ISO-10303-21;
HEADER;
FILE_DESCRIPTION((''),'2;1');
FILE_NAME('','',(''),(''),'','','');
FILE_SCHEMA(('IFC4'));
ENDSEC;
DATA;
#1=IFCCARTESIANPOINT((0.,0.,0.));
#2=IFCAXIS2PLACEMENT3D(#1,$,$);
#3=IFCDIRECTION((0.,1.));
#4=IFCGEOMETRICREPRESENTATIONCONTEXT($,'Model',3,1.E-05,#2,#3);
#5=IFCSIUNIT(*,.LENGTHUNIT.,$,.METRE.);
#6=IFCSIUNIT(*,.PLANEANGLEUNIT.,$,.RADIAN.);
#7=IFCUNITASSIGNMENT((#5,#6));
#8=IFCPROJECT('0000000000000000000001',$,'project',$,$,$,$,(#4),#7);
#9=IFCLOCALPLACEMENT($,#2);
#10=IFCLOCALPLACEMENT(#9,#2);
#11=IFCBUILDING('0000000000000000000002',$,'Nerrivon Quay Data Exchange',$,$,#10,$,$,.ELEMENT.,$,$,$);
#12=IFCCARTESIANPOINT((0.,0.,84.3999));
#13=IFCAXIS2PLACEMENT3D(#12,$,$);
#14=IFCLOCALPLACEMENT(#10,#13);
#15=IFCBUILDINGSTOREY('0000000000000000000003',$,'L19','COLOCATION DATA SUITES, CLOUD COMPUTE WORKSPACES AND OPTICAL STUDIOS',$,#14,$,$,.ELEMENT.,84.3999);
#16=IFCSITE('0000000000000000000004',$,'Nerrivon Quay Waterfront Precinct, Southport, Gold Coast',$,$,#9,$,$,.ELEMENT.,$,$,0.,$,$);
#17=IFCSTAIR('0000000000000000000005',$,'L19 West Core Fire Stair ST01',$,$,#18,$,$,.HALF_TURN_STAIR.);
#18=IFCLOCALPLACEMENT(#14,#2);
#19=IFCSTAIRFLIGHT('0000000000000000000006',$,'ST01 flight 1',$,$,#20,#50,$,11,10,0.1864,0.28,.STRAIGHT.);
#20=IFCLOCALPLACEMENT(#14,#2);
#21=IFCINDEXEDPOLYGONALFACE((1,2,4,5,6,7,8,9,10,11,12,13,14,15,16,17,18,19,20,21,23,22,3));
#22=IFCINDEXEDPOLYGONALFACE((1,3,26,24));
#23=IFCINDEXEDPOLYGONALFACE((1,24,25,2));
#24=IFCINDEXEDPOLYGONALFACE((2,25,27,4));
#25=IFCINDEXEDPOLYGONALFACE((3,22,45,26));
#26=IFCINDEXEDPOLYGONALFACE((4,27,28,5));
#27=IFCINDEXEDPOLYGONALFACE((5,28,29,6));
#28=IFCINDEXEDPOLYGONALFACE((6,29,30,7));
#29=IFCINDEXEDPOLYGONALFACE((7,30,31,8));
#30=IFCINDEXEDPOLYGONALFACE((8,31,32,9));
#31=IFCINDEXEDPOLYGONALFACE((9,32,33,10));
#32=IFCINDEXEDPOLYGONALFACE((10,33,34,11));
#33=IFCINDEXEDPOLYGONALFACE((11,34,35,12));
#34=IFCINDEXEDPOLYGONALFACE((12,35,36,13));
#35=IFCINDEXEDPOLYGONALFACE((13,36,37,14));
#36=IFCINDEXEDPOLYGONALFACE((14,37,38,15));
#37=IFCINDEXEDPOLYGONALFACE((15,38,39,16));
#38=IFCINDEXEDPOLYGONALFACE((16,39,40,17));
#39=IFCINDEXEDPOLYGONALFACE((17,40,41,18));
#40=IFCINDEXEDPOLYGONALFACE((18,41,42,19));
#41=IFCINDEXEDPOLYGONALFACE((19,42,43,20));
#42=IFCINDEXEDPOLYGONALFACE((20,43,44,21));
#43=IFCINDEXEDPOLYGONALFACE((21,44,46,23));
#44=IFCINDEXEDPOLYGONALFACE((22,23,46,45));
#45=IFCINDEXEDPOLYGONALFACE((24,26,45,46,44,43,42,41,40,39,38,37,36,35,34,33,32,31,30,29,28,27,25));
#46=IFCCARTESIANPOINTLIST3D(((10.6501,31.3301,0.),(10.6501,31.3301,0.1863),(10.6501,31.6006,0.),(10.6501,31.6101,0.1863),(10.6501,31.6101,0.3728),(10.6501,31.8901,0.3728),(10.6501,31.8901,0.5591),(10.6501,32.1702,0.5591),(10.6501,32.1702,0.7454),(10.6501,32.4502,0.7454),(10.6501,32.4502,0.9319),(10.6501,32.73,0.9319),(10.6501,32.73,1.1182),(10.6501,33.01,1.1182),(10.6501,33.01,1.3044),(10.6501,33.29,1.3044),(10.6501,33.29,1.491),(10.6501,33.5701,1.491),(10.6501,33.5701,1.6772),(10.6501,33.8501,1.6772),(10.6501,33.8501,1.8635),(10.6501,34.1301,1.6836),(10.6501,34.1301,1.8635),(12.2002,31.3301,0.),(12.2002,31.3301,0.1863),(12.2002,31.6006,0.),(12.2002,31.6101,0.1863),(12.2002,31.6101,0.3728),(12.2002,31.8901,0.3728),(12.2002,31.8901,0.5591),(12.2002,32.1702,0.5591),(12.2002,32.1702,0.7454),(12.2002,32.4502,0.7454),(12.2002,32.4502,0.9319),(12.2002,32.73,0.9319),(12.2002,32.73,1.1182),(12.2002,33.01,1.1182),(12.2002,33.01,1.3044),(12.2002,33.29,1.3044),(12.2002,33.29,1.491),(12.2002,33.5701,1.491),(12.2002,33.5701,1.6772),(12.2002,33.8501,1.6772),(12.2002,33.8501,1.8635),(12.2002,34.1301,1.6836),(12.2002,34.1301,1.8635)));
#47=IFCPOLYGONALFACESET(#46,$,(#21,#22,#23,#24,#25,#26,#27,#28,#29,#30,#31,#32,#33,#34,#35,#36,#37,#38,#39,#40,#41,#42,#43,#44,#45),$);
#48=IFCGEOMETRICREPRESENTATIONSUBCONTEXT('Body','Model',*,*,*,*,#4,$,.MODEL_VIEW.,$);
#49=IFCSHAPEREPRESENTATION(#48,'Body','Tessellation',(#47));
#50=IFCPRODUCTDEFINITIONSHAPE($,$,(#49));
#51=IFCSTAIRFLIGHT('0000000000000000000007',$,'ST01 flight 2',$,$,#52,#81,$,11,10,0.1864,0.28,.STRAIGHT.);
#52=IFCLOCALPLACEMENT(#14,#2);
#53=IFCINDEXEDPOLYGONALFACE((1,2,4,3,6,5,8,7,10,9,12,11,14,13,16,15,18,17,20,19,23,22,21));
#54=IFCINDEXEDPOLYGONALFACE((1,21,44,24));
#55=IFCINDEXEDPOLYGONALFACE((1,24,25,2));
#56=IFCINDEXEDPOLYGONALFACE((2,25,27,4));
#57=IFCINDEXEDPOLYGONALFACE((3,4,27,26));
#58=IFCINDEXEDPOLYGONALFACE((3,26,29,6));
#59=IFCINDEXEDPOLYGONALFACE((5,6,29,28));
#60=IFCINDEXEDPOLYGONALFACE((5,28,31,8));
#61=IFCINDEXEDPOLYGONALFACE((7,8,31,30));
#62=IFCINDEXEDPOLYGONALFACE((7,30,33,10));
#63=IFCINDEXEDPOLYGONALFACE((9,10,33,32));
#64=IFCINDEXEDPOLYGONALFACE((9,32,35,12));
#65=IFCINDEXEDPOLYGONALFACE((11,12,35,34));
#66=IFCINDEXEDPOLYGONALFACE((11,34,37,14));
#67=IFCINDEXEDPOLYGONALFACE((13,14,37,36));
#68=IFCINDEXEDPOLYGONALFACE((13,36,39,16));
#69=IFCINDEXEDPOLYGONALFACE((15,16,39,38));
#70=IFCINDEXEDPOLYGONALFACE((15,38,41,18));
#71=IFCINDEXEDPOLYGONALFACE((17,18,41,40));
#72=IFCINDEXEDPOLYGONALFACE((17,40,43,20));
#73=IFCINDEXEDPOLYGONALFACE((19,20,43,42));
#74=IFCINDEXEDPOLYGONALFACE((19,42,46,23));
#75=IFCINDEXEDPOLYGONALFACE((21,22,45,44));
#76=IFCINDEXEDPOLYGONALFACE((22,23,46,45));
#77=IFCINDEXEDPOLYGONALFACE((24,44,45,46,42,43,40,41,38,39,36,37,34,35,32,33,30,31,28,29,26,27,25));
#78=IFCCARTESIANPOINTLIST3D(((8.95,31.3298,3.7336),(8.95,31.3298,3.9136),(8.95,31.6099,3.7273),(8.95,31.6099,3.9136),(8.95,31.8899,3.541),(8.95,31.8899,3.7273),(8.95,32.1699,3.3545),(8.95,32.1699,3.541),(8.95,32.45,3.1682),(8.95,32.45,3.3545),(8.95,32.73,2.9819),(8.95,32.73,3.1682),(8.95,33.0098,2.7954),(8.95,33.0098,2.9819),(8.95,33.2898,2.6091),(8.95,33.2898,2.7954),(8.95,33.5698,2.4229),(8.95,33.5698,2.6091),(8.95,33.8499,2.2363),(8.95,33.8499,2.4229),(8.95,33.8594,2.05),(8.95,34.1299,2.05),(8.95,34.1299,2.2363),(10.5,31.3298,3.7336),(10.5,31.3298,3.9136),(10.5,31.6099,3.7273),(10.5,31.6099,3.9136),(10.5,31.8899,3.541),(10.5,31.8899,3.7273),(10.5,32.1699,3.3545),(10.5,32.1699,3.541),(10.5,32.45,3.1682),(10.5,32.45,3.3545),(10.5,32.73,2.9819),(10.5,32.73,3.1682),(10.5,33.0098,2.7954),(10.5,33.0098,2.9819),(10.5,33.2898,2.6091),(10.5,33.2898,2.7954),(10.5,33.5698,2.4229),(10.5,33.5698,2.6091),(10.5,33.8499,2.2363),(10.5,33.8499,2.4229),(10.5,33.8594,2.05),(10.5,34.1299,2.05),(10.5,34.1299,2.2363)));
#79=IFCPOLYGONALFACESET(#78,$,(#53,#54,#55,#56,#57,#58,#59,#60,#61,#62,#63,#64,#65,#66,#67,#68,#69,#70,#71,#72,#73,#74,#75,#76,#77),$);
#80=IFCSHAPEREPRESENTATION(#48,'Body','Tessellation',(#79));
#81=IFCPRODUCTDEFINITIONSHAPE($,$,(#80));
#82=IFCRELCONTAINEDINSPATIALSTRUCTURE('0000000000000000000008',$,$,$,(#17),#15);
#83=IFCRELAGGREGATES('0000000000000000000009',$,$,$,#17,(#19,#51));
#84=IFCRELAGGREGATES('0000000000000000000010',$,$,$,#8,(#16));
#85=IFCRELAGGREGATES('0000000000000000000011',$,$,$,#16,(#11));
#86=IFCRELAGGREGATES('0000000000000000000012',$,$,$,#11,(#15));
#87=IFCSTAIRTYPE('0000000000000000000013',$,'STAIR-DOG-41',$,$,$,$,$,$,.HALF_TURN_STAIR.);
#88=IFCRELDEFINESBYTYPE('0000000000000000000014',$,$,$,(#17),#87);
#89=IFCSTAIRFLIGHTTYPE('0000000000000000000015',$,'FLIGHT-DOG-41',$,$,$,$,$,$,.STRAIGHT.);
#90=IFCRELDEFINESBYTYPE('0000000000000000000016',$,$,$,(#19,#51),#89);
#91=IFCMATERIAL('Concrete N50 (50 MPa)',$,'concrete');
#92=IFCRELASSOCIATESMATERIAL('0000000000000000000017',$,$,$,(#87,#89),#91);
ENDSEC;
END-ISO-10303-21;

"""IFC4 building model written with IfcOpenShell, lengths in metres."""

from ifc_helpers import new_model, si_unit, direction, frame, origin, place, context, subcontext, project, spatial, polyline, outline, extrude, material, type_object, element, aggregate, save


model = new_model("IFC4")

# Units and contexts
model_context = context("Model", 3, precision=1e-05, world=origin(), true_north=direction((0.0, 1.0)))
body_context = subcontext(model_context, "Body", "Model", "MODEL_VIEW")
ifc_project = project(units=[si_unit("LENGTHUNIT", "METRE"), si_unit("PLANEANGLEUNIT", "RADIAN")], contexts=[model_context])

# Site, building, storey
site_placement = place(None, origin())
site = spatial("IfcSite", under=ifc_project, at=site_placement, Name="Nerrivon Quay Waterfront Precinct, Southport, Gold Coast", CompositionType="ELEMENT", RefElevation=0.0)
building_placement = place(site_placement, origin())
building = spatial("IfcBuilding", under=site, at=building_placement, Name="Nerrivon Quay Data Exchange", CompositionType="ELEMENT")
storey_placement = place(building_placement, frame((0.0, 0.0, 84.3999)))
storey = spatial("IfcBuildingStorey", under=building, at=storey_placement, Name="L19", Description="COLOCATION DATA SUITES, CLOUD COMPUTE WORKSPACES AND OPTICAL STUDIOS", CompositionType="ELEMENT", Elevation=84.3999)

# Shared definitions
ifc_material_1 = material(Name="Concrete N50 (50 MPa)", Category="concrete")

# Stair, stair flights
stair_type = type_object("IfcStairType", Name="STAIR-DOG-41", PredefinedType="HALF_TURN_STAIR", material=ifc_material_1)
stair_placement = place(storey_placement, origin())
stair = element("IfcStair", 1, at=stair_placement, inside=storey, type_object=stair_type, Name="L19 West Core Fire Stair ST01", PredefinedType="HALF_TURN_STAIR")
stair_flight_type = type_object("IfcStairFlightType", Name="FLIGHT-DOG-41", PredefinedType="STRAIGHT", material=ifc_material_1)
stair_flight_1_placement = place(storey_placement, frame((11.425, 31.3301, 0.0), z_axis=(0.0, 0.0, 1.0), x_axis=(0.0, 1.0, 0.0)))
stair_flight_1 = element("IfcStairFlight", 2, at=stair_flight_1_placement, type_object=stair_flight_type, Name="ST01 flight 1", NumberOfRisers=11, NumberOfTreads=10, PredefinedType="STRAIGHT", RiserHeight=0.1864, TreadLength=0.28, context=body_context, shape_type="SweptSolid", body=[
    extrude(outline(polyline([(0.0, 0.0), (0.0, 0.1863), (0.28, 0.1863), (0.28, 0.3728), (0.5601, 0.3728), (0.5601, 0.5591), (0.8401, 0.5591), (0.8401, 0.7454), (1.1201, 0.7454), (1.1201, 0.9319), (1.3999, 0.9319), (1.3999, 1.1182), (1.6799, 1.1182), (1.6799, 1.3044), (1.96, 1.3044), (1.96, 1.491), (2.24, 1.491), (2.24, 1.6772), (2.52, 1.6772), (2.52, 1.8635), (2.8, 1.8635), (2.8, 2.05), (2.8, 1.6836), (0.2705, 0.0), (0.0, 0.0)])), frame((0.0, 0.7749, 0.0), z_axis=(0.0, -1.0, 0.0), x_axis=(1.0, 0.0, 0.0)), (0.0, 0.0, 1.0), 1.55),
])
stair_flight_2_placement = place(storey_placement, frame((9.7251, 34.1299, 2.05), z_axis=(0.0, 0.0, 1.0), x_axis=(0.0, -1.0, 0.0)))
stair_flight_2 = element("IfcStairFlight", 3, at=stair_flight_2_placement, type_object=stair_flight_type, Name="ST01 flight 2", NumberOfRisers=11, NumberOfTreads=10, PredefinedType="STRAIGHT", RiserHeight=0.1864, TreadLength=0.28, context=body_context, shape_type="SweptSolid", body=[
    extrude(outline(polyline([(0.0, 0.0), (0.0, 0.1863), (0.28, 0.1863), (0.28, 0.3728), (0.5601, 0.3728), (0.5601, 0.5591), (0.8401, 0.5591), (0.8401, 0.7454), (1.1201, 0.7454), (1.1201, 0.9319), (1.3999, 0.9319), (1.3999, 1.1182), (1.6799, 1.1182), (1.6799, 1.3044), (1.96, 1.3044), (1.96, 1.491), (2.24, 1.491), (2.24, 1.6772), (2.52, 1.6772), (2.52, 1.8635), (2.8, 1.8635), (2.8, 2.05), (2.8, 1.6836), (0.2705, 0.0), (0.0, 0.0)])), frame((0.0, 0.7749, 0.0), z_axis=(0.0, -1.0, 0.0), x_axis=(1.0, 0.0, 0.0)), (0.0, 0.0, 1.0), 1.55),
])
aggregate(stair, [stair_flight_1, stair_flight_2])

save(model, "model.ifc")
